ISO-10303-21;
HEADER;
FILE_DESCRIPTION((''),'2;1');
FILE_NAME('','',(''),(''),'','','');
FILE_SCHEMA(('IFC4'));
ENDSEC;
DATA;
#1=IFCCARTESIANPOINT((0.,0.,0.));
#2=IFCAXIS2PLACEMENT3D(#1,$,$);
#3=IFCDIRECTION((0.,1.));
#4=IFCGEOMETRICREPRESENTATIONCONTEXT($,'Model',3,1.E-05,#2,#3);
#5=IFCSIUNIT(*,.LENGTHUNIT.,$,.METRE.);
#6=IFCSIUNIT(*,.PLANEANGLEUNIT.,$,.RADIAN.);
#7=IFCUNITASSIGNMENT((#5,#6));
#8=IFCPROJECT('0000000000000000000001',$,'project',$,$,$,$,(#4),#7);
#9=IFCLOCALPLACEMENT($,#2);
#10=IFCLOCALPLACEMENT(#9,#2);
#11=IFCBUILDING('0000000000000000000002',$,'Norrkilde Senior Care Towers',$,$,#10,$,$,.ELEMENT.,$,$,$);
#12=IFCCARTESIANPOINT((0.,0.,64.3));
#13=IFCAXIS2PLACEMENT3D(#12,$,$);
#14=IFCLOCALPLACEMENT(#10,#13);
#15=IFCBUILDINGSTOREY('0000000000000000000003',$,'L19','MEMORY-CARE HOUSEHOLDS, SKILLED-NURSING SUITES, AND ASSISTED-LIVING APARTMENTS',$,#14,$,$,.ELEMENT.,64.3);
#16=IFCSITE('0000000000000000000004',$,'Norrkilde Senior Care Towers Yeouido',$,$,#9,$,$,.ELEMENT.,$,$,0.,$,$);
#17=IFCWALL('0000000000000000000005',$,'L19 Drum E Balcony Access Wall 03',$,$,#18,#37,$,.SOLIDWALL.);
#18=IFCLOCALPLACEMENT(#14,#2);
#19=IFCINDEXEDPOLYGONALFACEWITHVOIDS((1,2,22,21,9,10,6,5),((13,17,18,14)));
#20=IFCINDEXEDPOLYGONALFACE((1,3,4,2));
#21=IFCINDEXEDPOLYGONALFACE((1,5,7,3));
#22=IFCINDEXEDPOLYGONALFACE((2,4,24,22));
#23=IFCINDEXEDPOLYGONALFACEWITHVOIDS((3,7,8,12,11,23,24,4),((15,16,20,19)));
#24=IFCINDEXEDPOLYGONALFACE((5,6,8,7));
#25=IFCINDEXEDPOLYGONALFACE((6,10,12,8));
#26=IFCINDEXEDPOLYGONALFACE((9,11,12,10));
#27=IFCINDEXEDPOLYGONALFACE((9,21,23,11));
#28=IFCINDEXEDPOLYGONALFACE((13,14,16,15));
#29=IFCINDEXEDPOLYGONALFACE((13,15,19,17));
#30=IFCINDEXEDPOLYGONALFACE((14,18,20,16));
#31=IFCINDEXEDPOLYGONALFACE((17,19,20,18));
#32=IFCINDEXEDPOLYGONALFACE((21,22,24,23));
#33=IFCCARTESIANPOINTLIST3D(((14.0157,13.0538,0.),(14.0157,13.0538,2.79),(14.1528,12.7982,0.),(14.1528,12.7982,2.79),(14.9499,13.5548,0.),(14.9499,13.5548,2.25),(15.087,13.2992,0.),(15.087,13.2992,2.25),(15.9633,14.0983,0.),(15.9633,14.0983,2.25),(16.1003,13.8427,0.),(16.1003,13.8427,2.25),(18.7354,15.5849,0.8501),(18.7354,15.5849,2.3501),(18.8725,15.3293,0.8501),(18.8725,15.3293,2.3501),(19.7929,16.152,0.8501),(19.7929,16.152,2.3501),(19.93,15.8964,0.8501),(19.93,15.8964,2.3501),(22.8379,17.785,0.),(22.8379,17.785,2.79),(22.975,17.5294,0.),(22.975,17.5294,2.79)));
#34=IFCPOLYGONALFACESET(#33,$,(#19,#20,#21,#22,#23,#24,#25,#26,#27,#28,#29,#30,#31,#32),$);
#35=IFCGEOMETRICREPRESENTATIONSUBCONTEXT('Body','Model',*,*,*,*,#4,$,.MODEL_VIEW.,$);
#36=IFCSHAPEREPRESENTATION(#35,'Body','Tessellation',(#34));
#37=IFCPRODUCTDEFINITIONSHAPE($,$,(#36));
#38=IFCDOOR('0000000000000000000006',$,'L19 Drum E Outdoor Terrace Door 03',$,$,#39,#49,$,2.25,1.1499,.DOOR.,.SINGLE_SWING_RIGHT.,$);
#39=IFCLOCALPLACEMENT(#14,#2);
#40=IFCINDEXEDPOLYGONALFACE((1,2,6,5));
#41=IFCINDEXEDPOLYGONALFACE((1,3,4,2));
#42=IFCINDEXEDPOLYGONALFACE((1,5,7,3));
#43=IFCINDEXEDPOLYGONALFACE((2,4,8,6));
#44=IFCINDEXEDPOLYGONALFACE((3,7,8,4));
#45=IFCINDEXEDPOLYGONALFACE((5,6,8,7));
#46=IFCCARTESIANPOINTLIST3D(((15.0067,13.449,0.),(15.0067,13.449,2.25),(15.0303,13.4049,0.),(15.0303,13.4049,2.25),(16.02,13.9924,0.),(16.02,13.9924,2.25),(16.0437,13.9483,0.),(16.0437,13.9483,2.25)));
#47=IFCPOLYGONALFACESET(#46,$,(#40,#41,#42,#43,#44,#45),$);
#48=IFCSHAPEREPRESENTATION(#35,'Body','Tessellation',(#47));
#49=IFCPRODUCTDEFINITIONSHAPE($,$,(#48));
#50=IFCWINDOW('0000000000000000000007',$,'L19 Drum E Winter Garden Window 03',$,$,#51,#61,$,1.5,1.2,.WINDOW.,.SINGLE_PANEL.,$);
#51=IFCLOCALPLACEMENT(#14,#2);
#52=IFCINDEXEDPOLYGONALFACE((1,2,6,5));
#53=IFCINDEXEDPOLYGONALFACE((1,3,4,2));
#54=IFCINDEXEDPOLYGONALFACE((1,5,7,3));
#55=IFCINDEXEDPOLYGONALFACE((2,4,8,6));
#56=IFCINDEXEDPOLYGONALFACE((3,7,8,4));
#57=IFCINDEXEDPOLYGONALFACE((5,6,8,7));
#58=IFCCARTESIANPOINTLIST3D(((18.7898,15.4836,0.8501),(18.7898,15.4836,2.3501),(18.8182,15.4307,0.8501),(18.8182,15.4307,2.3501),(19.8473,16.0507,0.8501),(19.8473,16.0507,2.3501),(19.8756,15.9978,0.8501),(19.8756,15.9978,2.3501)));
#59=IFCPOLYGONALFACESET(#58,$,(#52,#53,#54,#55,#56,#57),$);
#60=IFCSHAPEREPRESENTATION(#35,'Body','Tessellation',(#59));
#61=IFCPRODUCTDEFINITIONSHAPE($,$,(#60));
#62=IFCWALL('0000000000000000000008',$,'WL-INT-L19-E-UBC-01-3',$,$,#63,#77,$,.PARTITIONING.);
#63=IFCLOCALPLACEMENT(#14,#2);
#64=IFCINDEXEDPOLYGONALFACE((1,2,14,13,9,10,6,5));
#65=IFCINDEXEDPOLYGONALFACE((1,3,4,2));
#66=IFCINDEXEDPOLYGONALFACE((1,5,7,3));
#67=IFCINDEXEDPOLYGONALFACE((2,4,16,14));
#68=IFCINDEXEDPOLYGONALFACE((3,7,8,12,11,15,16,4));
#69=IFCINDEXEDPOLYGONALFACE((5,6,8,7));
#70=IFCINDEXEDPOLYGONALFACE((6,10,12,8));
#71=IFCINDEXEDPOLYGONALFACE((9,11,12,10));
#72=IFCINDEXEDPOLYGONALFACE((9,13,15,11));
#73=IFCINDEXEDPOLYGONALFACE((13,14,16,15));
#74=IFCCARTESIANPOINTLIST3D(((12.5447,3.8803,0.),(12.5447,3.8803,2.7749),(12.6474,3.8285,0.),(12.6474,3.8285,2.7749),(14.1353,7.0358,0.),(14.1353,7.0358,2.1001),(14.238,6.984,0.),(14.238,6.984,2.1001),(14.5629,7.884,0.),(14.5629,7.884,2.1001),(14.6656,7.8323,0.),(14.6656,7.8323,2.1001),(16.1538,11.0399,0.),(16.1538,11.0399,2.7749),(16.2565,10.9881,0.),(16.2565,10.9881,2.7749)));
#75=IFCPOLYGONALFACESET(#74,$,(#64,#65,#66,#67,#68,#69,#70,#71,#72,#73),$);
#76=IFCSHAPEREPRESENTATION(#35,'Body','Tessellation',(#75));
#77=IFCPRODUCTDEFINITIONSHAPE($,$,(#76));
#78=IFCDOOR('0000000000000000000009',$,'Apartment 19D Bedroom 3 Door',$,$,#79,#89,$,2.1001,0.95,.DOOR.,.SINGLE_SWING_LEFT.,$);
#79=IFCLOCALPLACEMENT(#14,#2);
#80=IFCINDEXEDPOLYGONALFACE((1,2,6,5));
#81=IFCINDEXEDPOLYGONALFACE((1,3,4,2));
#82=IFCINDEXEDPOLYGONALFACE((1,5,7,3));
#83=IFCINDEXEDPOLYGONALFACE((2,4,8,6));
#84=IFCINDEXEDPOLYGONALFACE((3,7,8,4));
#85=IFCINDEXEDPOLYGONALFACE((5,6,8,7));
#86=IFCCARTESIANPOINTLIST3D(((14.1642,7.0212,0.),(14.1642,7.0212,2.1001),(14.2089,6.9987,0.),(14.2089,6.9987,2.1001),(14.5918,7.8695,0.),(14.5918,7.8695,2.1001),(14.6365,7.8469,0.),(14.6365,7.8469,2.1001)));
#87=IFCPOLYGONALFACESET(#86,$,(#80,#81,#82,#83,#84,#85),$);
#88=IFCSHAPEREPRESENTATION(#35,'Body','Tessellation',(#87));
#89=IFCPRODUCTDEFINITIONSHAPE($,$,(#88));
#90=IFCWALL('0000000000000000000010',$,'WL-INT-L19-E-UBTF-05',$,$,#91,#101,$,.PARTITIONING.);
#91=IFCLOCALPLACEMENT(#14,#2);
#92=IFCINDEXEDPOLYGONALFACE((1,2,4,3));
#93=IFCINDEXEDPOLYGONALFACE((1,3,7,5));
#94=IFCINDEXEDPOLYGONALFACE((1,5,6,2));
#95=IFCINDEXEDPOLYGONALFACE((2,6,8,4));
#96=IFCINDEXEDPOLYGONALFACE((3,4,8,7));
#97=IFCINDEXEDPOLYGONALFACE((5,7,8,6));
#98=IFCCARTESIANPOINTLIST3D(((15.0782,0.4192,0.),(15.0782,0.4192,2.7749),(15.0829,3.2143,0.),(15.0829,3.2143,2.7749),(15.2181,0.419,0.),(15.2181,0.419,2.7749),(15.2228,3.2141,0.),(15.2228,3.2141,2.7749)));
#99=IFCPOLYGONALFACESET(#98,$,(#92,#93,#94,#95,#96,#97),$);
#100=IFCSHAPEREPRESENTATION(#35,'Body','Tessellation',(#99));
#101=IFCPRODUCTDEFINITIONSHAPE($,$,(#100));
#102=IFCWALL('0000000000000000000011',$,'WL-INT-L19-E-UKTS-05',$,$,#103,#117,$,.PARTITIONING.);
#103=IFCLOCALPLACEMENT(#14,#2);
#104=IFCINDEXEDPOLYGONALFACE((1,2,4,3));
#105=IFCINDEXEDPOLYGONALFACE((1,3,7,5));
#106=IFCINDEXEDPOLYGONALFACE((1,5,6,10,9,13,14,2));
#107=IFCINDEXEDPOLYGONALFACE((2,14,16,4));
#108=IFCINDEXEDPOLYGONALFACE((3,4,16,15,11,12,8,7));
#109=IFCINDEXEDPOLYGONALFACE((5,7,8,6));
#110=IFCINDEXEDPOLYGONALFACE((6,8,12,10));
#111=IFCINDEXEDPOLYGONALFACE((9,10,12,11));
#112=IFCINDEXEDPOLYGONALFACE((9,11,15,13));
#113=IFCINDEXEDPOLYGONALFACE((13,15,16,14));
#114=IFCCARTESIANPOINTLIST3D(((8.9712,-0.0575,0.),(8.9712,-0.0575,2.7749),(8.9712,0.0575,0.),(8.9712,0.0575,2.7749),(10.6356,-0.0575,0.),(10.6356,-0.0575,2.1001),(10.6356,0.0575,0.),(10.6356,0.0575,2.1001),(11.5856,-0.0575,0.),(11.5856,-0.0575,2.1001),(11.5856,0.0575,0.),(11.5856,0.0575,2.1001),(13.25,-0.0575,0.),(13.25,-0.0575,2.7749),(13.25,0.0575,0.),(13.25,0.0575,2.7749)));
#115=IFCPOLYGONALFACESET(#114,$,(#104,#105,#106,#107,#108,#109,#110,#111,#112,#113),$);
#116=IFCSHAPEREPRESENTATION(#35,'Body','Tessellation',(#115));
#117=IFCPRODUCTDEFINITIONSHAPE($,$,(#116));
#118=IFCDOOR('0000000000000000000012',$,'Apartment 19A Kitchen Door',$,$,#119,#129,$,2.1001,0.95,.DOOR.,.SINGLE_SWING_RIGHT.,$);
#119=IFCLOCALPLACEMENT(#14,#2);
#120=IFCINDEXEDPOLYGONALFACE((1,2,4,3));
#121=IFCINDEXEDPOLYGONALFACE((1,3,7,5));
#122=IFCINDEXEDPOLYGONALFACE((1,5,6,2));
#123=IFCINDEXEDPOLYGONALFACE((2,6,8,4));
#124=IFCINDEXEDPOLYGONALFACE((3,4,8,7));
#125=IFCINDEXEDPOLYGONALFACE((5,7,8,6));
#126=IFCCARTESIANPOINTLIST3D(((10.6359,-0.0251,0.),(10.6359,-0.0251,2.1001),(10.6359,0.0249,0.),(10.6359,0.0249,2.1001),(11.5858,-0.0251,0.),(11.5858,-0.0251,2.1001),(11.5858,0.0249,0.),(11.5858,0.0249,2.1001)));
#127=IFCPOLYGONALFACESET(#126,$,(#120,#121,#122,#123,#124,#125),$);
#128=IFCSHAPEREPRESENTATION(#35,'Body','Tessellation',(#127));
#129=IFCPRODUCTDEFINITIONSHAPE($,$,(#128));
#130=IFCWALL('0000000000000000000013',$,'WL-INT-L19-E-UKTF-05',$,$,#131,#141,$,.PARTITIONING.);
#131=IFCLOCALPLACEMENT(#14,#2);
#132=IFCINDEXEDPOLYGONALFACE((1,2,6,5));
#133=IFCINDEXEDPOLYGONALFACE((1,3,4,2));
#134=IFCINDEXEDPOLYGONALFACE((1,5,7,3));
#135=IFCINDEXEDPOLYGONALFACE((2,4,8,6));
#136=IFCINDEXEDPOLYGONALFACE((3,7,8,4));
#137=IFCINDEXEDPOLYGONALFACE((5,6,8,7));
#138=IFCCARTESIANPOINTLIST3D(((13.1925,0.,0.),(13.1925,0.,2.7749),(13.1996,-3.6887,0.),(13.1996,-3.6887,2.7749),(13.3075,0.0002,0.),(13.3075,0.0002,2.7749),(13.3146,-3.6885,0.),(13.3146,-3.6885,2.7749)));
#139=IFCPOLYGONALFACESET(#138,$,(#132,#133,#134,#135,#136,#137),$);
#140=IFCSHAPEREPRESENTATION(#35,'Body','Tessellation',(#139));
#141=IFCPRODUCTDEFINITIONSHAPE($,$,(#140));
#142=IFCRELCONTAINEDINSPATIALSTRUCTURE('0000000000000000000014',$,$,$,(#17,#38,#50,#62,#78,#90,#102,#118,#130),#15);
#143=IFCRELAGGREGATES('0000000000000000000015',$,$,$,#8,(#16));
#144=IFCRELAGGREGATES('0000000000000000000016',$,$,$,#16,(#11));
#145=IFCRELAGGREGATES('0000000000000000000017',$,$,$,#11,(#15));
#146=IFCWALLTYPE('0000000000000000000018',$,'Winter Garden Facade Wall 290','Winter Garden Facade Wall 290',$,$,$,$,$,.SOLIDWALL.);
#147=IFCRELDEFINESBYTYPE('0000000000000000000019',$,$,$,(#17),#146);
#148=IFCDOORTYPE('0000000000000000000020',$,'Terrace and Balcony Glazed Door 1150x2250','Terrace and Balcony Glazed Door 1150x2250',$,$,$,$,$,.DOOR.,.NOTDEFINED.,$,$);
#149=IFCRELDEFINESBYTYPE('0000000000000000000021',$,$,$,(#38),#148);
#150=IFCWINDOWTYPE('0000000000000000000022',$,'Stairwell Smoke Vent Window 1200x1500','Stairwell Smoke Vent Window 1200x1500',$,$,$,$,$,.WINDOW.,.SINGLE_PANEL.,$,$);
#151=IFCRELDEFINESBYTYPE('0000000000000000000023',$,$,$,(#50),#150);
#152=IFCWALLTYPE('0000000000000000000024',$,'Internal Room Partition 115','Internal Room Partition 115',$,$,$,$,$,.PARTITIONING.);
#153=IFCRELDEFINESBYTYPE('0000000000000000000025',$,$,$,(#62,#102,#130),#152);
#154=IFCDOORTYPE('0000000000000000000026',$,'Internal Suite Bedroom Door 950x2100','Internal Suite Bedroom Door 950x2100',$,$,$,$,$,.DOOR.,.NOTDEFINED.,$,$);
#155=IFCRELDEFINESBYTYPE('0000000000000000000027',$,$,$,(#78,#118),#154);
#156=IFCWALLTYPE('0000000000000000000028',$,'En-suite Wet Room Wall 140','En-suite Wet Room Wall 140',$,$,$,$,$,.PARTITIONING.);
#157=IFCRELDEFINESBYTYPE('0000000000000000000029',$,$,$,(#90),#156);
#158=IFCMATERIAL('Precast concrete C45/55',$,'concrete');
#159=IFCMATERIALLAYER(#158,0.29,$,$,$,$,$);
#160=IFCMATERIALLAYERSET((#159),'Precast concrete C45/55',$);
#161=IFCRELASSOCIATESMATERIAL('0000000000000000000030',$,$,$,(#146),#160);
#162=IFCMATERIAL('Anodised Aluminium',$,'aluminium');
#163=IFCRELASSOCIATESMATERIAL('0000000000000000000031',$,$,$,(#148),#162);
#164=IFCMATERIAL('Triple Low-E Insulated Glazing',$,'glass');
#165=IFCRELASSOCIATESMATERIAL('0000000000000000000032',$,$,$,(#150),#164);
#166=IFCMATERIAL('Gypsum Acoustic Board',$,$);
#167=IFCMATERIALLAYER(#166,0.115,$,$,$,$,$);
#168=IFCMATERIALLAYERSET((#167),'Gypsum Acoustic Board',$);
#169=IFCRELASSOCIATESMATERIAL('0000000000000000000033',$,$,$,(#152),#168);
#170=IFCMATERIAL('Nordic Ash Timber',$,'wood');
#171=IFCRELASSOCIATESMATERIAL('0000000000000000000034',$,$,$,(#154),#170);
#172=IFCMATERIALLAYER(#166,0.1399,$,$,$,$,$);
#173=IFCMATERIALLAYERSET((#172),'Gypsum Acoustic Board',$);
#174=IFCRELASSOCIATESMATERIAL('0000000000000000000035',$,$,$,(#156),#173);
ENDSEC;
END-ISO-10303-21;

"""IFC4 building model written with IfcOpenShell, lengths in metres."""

from ifc_helpers import new_model, si_unit, direction, frame, frame_2d, origin, place, context, subcontext, project, spatial, rectangle, extrude, source, transform, mapped, material, layer, layer_set, type_object, type_shapes, element, fill, save


model = new_model("IFC4")

# Units and contexts
model_context = context("Model", 3, precision=1e-05, world=origin(), true_north=direction((0.0, 1.0)))
body_context = subcontext(model_context, "Body", "Model", "MODEL_VIEW")
ifc_project = project(units=[si_unit("LENGTHUNIT", "METRE"), si_unit("PLANEANGLEUNIT", "RADIAN")], contexts=[model_context])

# Site, building, storey
site_placement = place(None, origin())
site = spatial("IfcSite", under=ifc_project, at=site_placement, Name="Norrkilde Senior Care Towers Yeouido", CompositionType="ELEMENT", RefElevation=0.0)
building_placement = place(site_placement, origin())
building = spatial("IfcBuilding", under=site, at=building_placement, Name="Norrkilde Senior Care Towers", CompositionType="ELEMENT")
storey_placement = place(building_placement, frame((0.0, 0.0, 64.3)))
storey = spatial("IfcBuildingStorey", under=building, at=storey_placement, Name="L19", Description="MEMORY-CARE HOUSEHOLDS, SKILLED-NURSING SUITES, AND ASSISTED-LIVING APARTMENTS", CompositionType="ELEMENT", Elevation=64.3)

# Shared definitions
ifc_material_1 = material(Name="Triple Low-E Insulated Glazing", Category="glass")
ifc_material_2 = material(Name="Anodised Aluminium", Category="aluminium")

# Wall, openings, door, window
ifc_material_3 = material(Name="Precast concrete C45/55", Category="concrete")
ifc_layer_1 = layer(ifc_material_3, 0.29)
ifc_layer_set_1 = layer_set([ifc_layer_1], Name="Precast concrete C45/55")
wall_type_1 = type_object("IfcWallType", Name="Winter Garden Facade Wall 290", Description="Winter Garden Facade Wall 290", PredefinedType="SOLIDWALL", material=ifc_layer_set_1)
shared_shape_1 = source(origin(), body_context, "Body", "SweptSolid", [
    extrude(rectangle(XDim=10.0107, YDim=0.29, at=frame_2d((5.0054, 0.0))), origin(), (0.0, 0.0, 1.0), 2.79),
])
type_shapes(wall_type_1, [shared_shape_1])
wall_1_placement = place(storey_placement, frame((14.0842, 12.926, 0.0), z_axis=(0.0, 0.0, 1.0), x_axis=(0.881273, 0.472608, 0.0)))
wall_1 = element("IfcWall", 1, at=wall_1_placement, inside=storey, type_object=wall_type_1, Name="L19 Drum E Balcony Access Wall 03", PredefinedType="SOLIDWALL", context=body_context, shape_type="MappedRepresentation", body=[
    mapped(shared_shape_1, transform((0.0, 0.0, 0.0), x_axis=(1.0, 0.0, 0.0), y_axis=(0.0, 1.0, 0.0), z_axis=(0.0, 0.0, 1.0), scale=1.0)),
])
opening_1_placement = place(wall_1_placement, frame((1.0601, 0.0, 0.0)))
opening_1 = element("IfcOpeningElement", 2, at=opening_1_placement, cuts=wall_1, PredefinedType="OPENING", context=body_context, shape_type="SweptSolid", body=[
    extrude(rectangle(XDim=1.1499, YDim=2.25, at=frame_2d((0.575, 1.125))), frame((0.0, 0.155, 0.0), z_axis=(0.0, -1.0, 0.0), x_axis=(1.0, 0.0, 0.0)), (0.0, 0.0, 1.0), 0.3101),
])
opening_2_placement = place(wall_1_placement, frame((5.3555, 0.0, 0.8501)))
opening_2 = element("IfcOpeningElement", 3, at=opening_2_placement, cuts=wall_1, PredefinedType="OPENING", context=body_context, shape_type="SweptSolid", body=[
    extrude(rectangle(XDim=1.2, YDim=1.5, at=frame_2d((0.6001, 0.75))), frame((0.0, 0.155, 0.0), z_axis=(0.0, -1.0, 0.0), x_axis=(1.0, 0.0, 0.0)), (0.0, 0.0, 1.0), 0.3101),
])
door_type_1 = type_object("IfcDoorType", Name="Terrace and Balcony Glazed Door 1150x2250", Description="Terrace and Balcony Glazed Door 1150x2250", OperationType="NOTDEFINED", PredefinedType="DOOR", material=ifc_material_2)
shared_shape_2 = source(origin(), body_context, "Body", "SweptSolid", [
    extrude(rectangle(XDim=1.1499, YDim=2.25, at=frame_2d((0.575, 1.125))), frame((0.0, 0.0249, 0.0), z_axis=(0.0, -1.0, 0.0), x_axis=(1.0, 0.0, 0.0)), (0.0, 0.0, 1.0), 0.05),
])
type_shapes(door_type_1, [shared_shape_2])
door_1_placement = place(opening_1_placement, origin())
door_1 = element("IfcDoor", 4, at=door_1_placement, inside=storey, type_object=door_type_1, Name="L19 Drum E Outdoor Terrace Door 03", OperationType="SINGLE_SWING_RIGHT", OverallHeight=2.25, OverallWidth=1.1499, PredefinedType="DOOR", context=body_context, shape_type="MappedRepresentation", body=[
    mapped(shared_shape_2, transform((0.0, 0.0, 0.0), x_axis=(1.0, 0.0, 0.0), y_axis=(0.0, 1.0, 0.0), z_axis=(0.0, 0.0, 1.0), scale=1.0)),
])
fill(opening_1, door_1)
window_type = type_object("IfcWindowType", Name="Stairwell Smoke Vent Window 1200x1500", Description="Stairwell Smoke Vent Window 1200x1500", PartitioningType="SINGLE_PANEL", PredefinedType="WINDOW", material=ifc_material_1)
shared_shape_3 = source(origin(), body_context, "Body", "SweptSolid", [
    extrude(rectangle(XDim=1.2, YDim=1.5, at=frame_2d((0.6001, 0.75))), frame((0.0, 0.03, 0.0), z_axis=(0.0, -1.0, 0.0), x_axis=(1.0, 0.0, 0.0)), (0.0, 0.0, 1.0), 0.0601),
])
type_shapes(window_type, [shared_shape_3])
window_placement = place(opening_2_placement, origin())
window = element("IfcWindow", 5, at=window_placement, inside=storey, type_object=window_type, Name="L19 Drum E Winter Garden Window 03", OverallHeight=1.5, OverallWidth=1.2, PartitioningType="SINGLE_PANEL", PredefinedType="WINDOW", context=body_context, shape_type="MappedRepresentation", body=[
    mapped(shared_shape_3, transform((0.0, 0.0, 0.0), x_axis=(1.0, 0.0, 0.0), y_axis=(0.0, 1.0, 0.0), z_axis=(0.0, 0.0, 1.0), scale=1.0)),
])
fill(opening_2, window)

# Wall, opening, door
ifc_material_4 = material(Name="Gypsum Acoustic Board")
ifc_layer_2 = layer(ifc_material_4, 0.115)
ifc_layer_set_2 = layer_set([ifc_layer_2], Name="Gypsum Acoustic Board")
wall_type_2 = type_object("IfcWallType", Name="Internal Room Partition 115", Description="Internal Room Partition 115", PredefinedType="PARTITIONING", material=ifc_layer_set_2)
shared_shape_4 = source(origin(), body_context, "Body", "SweptSolid", [
    extrude(rectangle(XDim=8.0178, YDim=0.115, at=frame_2d((4.0088, 0.0))), origin(), (0.0, 0.0, 1.0), 2.7749),
])
wall_2_placement = place(storey_placement, frame((16.2051, 11.0139, 0.0), z_axis=(0.0, 0.0, 1.0), x_axis=(-0.450134, -0.892961, 0.0)))
wall_2 = element("IfcWall", 6, at=wall_2_placement, inside=storey, type_object=wall_type_2, Name="WL-INT-L19-E-UBC-01-3", PredefinedType="PARTITIONING", context=body_context, shape_type="MappedRepresentation", body=[
    mapped(shared_shape_4, transform((0.0, 0.0, 0.0), x_axis=(1.0, 0.0, 0.0), y_axis=(0.0, 1.0, 0.0), z_axis=(0.0, 0.0, 1.0), scale=1.0)),
])
opening_3_placement = place(wall_2_placement, frame((3.5339, 0.0, 0.0)))
opening_3 = element("IfcOpeningElement", 7, at=opening_3_placement, cuts=wall_2, PredefinedType="OPENING", context=body_context, shape_type="SweptSolid", body=[
    extrude(rectangle(XDim=0.95, YDim=2.1001, at=frame_2d((0.4751, 1.05))), frame((0.0, 0.0674, 0.0), z_axis=(0.0, -1.0, 0.0), x_axis=(1.0, 0.0, 0.0)), (0.0, 0.0, 1.0), 0.135),
])
ifc_material_5 = material(Name="Nordic Ash Timber", Category="wood")
door_type_2 = type_object("IfcDoorType", Name="Internal Suite Bedroom Door 950x2100", Description="Internal Suite Bedroom Door 950x2100", OperationType="NOTDEFINED", PredefinedType="DOOR", material=ifc_material_5)
shared_shape_5 = source(origin(), body_context, "Body", "SweptSolid", [
    extrude(rectangle(XDim=0.95, YDim=2.1001, at=frame_2d((0.4751, 1.05))), frame((0.0, 0.0249, 0.0), z_axis=(0.0, -1.0, 0.0), x_axis=(1.0, 0.0, 0.0)), (0.0, 0.0, 1.0), 0.05),
])
type_shapes(door_type_2, [shared_shape_5])
door_2_placement = place(opening_3_placement, origin())
door_2 = element("IfcDoor", 8, at=door_2_placement, inside=storey, type_object=door_type_2, Name="Apartment 19D Bedroom 3 Door", OperationType="SINGLE_SWING_LEFT", OverallHeight=2.1001, OverallWidth=0.95, PredefinedType="DOOR", context=body_context, shape_type="MappedRepresentation", body=[
    mapped(shared_shape_5, transform((0.0, 0.0, 0.0), x_axis=(1.0, 0.0, 0.0), y_axis=(0.0, 1.0, 0.0), z_axis=(0.0, 0.0, 1.0), scale=1.0)),
])
fill(opening_3, door_2)

# Wall
ifc_layer_3 = layer(ifc_material_4, 0.1399)
ifc_layer_set_3 = layer_set([ifc_layer_3], Name="Gypsum Acoustic Board")
wall_type_3 = type_object("IfcWallType", Name="En-suite Wet Room Wall 140", Description="En-suite Wet Room Wall 140", PredefinedType="PARTITIONING", material=ifc_layer_set_3)
shared_shape_6 = source(origin(), body_context, "Body", "SweptSolid", [
    extrude(rectangle(XDim=2.7952, YDim=0.1399, at=frame_2d((1.3975, 0.0))), origin(), (0.0, 0.0, 1.0), 2.7749),
])
type_shapes(wall_type_3, [shared_shape_6])
wall_3_placement = place(storey_placement, frame((15.1482, 0.4192, 0.0), z_axis=(0.0, 0.0, 1.0), x_axis=(0.00166, 0.999999, 0.0)))
element("IfcWall", 9, at=wall_3_placement, inside=storey, type_object=wall_type_3, Name="WL-INT-L19-E-UBTF-05", PredefinedType="PARTITIONING", context=body_context, shape_type="MappedRepresentation", body=[
    mapped(shared_shape_6, transform((0.0, 0.0, 0.0), x_axis=(1.0, 0.0, 0.0), y_axis=(0.0, 1.0, 0.0), z_axis=(0.0, 0.0, 1.0), scale=1.0)),
])

# Wall, opening, door
shared_shape_7 = source(origin(), body_context, "Body", "SweptSolid", [
    extrude(rectangle(XDim=4.2788, YDim=0.115, at=frame_2d((2.1394, 0.0))), origin(), (0.0, 0.0, 1.0), 2.7749),
])
wall_4_placement = place(storey_placement, frame((13.25, 0.0, 0.0), z_axis=(0.0, 0.0, 1.0), x_axis=(-1.0, 0.0, 0.0)))
wall_4 = element("IfcWall", 10, at=wall_4_placement, inside=storey, type_object=wall_type_2, Name="WL-INT-L19-E-UKTS-05", PredefinedType="PARTITIONING", context=body_context, shape_type="MappedRepresentation", body=[
    mapped(shared_shape_7, transform((0.0, 0.0, 0.0), x_axis=(1.0, 0.0, 0.0), y_axis=(0.0, 1.0, 0.0), z_axis=(0.0, 0.0, 1.0), scale=1.0)),
])
opening_4_placement = place(wall_4_placement, frame((1.6643, 0.0, 0.0)))
opening_4 = element("IfcOpeningElement", 11, at=opening_4_placement, cuts=wall_4, PredefinedType="OPENING", context=body_context, shape_type="SweptSolid", body=[
    extrude(rectangle(XDim=0.95, YDim=2.1001, at=frame_2d((0.4751, 1.05))), frame((0.0, 0.0674, 0.0), z_axis=(0.0, -1.0, 0.0), x_axis=(1.0, 0.0, 0.0)), (0.0, 0.0, 1.0), 0.135),
])
door_3_placement = place(opening_4_placement, frame((0.95, 0.0, 0.0), z_axis=(0.0, 0.0, 1.0), x_axis=(-1.0, 0.0, 0.0)))
door_3 = element("IfcDoor", 12, at=door_3_placement, inside=storey, type_object=door_type_2, Name="Apartment 19A Kitchen Door", OperationType="SINGLE_SWING_RIGHT", OverallHeight=2.1001, OverallWidth=0.95, PredefinedType="DOOR", context=body_context, shape_type="MappedRepresentation", body=[
    mapped(shared_shape_5, transform((0.0, 0.0, 0.0), x_axis=(1.0, 0.0, 0.0), y_axis=(0.0, 1.0, 0.0), z_axis=(0.0, 0.0, 1.0), scale=1.0)),
])
fill(opening_4, door_3)

# Wall
shared_shape_8 = source(origin(), body_context, "Body", "SweptSolid", [
    extrude(rectangle(XDim=3.6887, YDim=0.115, at=frame_2d((1.8442, 0.0))), origin(), (0.0, 0.0, 1.0), 2.7749),
])
type_shapes(wall_type_2, [shared_shape_4, shared_shape_7, shared_shape_8])
wall_5_placement = place(storey_placement, frame((13.25, 0.0, 0.0), z_axis=(0.0, 0.0, 1.0), x_axis=(0.001919, -0.999998, 0.0)))
element("IfcWall", 13, at=wall_5_placement, inside=storey, type_object=wall_type_2, Name="WL-INT-L19-E-UKTF-05", PredefinedType="PARTITIONING", context=body_context, shape_type="MappedRepresentation", body=[
    mapped(shared_shape_8, transform((0.0, 0.0, 0.0), x_axis=(1.0, 0.0, 0.0), y_axis=(0.0, 1.0, 0.0), z_axis=(0.0, 0.0, 1.0), scale=1.0)),
])

save(model, "model.ifc")
